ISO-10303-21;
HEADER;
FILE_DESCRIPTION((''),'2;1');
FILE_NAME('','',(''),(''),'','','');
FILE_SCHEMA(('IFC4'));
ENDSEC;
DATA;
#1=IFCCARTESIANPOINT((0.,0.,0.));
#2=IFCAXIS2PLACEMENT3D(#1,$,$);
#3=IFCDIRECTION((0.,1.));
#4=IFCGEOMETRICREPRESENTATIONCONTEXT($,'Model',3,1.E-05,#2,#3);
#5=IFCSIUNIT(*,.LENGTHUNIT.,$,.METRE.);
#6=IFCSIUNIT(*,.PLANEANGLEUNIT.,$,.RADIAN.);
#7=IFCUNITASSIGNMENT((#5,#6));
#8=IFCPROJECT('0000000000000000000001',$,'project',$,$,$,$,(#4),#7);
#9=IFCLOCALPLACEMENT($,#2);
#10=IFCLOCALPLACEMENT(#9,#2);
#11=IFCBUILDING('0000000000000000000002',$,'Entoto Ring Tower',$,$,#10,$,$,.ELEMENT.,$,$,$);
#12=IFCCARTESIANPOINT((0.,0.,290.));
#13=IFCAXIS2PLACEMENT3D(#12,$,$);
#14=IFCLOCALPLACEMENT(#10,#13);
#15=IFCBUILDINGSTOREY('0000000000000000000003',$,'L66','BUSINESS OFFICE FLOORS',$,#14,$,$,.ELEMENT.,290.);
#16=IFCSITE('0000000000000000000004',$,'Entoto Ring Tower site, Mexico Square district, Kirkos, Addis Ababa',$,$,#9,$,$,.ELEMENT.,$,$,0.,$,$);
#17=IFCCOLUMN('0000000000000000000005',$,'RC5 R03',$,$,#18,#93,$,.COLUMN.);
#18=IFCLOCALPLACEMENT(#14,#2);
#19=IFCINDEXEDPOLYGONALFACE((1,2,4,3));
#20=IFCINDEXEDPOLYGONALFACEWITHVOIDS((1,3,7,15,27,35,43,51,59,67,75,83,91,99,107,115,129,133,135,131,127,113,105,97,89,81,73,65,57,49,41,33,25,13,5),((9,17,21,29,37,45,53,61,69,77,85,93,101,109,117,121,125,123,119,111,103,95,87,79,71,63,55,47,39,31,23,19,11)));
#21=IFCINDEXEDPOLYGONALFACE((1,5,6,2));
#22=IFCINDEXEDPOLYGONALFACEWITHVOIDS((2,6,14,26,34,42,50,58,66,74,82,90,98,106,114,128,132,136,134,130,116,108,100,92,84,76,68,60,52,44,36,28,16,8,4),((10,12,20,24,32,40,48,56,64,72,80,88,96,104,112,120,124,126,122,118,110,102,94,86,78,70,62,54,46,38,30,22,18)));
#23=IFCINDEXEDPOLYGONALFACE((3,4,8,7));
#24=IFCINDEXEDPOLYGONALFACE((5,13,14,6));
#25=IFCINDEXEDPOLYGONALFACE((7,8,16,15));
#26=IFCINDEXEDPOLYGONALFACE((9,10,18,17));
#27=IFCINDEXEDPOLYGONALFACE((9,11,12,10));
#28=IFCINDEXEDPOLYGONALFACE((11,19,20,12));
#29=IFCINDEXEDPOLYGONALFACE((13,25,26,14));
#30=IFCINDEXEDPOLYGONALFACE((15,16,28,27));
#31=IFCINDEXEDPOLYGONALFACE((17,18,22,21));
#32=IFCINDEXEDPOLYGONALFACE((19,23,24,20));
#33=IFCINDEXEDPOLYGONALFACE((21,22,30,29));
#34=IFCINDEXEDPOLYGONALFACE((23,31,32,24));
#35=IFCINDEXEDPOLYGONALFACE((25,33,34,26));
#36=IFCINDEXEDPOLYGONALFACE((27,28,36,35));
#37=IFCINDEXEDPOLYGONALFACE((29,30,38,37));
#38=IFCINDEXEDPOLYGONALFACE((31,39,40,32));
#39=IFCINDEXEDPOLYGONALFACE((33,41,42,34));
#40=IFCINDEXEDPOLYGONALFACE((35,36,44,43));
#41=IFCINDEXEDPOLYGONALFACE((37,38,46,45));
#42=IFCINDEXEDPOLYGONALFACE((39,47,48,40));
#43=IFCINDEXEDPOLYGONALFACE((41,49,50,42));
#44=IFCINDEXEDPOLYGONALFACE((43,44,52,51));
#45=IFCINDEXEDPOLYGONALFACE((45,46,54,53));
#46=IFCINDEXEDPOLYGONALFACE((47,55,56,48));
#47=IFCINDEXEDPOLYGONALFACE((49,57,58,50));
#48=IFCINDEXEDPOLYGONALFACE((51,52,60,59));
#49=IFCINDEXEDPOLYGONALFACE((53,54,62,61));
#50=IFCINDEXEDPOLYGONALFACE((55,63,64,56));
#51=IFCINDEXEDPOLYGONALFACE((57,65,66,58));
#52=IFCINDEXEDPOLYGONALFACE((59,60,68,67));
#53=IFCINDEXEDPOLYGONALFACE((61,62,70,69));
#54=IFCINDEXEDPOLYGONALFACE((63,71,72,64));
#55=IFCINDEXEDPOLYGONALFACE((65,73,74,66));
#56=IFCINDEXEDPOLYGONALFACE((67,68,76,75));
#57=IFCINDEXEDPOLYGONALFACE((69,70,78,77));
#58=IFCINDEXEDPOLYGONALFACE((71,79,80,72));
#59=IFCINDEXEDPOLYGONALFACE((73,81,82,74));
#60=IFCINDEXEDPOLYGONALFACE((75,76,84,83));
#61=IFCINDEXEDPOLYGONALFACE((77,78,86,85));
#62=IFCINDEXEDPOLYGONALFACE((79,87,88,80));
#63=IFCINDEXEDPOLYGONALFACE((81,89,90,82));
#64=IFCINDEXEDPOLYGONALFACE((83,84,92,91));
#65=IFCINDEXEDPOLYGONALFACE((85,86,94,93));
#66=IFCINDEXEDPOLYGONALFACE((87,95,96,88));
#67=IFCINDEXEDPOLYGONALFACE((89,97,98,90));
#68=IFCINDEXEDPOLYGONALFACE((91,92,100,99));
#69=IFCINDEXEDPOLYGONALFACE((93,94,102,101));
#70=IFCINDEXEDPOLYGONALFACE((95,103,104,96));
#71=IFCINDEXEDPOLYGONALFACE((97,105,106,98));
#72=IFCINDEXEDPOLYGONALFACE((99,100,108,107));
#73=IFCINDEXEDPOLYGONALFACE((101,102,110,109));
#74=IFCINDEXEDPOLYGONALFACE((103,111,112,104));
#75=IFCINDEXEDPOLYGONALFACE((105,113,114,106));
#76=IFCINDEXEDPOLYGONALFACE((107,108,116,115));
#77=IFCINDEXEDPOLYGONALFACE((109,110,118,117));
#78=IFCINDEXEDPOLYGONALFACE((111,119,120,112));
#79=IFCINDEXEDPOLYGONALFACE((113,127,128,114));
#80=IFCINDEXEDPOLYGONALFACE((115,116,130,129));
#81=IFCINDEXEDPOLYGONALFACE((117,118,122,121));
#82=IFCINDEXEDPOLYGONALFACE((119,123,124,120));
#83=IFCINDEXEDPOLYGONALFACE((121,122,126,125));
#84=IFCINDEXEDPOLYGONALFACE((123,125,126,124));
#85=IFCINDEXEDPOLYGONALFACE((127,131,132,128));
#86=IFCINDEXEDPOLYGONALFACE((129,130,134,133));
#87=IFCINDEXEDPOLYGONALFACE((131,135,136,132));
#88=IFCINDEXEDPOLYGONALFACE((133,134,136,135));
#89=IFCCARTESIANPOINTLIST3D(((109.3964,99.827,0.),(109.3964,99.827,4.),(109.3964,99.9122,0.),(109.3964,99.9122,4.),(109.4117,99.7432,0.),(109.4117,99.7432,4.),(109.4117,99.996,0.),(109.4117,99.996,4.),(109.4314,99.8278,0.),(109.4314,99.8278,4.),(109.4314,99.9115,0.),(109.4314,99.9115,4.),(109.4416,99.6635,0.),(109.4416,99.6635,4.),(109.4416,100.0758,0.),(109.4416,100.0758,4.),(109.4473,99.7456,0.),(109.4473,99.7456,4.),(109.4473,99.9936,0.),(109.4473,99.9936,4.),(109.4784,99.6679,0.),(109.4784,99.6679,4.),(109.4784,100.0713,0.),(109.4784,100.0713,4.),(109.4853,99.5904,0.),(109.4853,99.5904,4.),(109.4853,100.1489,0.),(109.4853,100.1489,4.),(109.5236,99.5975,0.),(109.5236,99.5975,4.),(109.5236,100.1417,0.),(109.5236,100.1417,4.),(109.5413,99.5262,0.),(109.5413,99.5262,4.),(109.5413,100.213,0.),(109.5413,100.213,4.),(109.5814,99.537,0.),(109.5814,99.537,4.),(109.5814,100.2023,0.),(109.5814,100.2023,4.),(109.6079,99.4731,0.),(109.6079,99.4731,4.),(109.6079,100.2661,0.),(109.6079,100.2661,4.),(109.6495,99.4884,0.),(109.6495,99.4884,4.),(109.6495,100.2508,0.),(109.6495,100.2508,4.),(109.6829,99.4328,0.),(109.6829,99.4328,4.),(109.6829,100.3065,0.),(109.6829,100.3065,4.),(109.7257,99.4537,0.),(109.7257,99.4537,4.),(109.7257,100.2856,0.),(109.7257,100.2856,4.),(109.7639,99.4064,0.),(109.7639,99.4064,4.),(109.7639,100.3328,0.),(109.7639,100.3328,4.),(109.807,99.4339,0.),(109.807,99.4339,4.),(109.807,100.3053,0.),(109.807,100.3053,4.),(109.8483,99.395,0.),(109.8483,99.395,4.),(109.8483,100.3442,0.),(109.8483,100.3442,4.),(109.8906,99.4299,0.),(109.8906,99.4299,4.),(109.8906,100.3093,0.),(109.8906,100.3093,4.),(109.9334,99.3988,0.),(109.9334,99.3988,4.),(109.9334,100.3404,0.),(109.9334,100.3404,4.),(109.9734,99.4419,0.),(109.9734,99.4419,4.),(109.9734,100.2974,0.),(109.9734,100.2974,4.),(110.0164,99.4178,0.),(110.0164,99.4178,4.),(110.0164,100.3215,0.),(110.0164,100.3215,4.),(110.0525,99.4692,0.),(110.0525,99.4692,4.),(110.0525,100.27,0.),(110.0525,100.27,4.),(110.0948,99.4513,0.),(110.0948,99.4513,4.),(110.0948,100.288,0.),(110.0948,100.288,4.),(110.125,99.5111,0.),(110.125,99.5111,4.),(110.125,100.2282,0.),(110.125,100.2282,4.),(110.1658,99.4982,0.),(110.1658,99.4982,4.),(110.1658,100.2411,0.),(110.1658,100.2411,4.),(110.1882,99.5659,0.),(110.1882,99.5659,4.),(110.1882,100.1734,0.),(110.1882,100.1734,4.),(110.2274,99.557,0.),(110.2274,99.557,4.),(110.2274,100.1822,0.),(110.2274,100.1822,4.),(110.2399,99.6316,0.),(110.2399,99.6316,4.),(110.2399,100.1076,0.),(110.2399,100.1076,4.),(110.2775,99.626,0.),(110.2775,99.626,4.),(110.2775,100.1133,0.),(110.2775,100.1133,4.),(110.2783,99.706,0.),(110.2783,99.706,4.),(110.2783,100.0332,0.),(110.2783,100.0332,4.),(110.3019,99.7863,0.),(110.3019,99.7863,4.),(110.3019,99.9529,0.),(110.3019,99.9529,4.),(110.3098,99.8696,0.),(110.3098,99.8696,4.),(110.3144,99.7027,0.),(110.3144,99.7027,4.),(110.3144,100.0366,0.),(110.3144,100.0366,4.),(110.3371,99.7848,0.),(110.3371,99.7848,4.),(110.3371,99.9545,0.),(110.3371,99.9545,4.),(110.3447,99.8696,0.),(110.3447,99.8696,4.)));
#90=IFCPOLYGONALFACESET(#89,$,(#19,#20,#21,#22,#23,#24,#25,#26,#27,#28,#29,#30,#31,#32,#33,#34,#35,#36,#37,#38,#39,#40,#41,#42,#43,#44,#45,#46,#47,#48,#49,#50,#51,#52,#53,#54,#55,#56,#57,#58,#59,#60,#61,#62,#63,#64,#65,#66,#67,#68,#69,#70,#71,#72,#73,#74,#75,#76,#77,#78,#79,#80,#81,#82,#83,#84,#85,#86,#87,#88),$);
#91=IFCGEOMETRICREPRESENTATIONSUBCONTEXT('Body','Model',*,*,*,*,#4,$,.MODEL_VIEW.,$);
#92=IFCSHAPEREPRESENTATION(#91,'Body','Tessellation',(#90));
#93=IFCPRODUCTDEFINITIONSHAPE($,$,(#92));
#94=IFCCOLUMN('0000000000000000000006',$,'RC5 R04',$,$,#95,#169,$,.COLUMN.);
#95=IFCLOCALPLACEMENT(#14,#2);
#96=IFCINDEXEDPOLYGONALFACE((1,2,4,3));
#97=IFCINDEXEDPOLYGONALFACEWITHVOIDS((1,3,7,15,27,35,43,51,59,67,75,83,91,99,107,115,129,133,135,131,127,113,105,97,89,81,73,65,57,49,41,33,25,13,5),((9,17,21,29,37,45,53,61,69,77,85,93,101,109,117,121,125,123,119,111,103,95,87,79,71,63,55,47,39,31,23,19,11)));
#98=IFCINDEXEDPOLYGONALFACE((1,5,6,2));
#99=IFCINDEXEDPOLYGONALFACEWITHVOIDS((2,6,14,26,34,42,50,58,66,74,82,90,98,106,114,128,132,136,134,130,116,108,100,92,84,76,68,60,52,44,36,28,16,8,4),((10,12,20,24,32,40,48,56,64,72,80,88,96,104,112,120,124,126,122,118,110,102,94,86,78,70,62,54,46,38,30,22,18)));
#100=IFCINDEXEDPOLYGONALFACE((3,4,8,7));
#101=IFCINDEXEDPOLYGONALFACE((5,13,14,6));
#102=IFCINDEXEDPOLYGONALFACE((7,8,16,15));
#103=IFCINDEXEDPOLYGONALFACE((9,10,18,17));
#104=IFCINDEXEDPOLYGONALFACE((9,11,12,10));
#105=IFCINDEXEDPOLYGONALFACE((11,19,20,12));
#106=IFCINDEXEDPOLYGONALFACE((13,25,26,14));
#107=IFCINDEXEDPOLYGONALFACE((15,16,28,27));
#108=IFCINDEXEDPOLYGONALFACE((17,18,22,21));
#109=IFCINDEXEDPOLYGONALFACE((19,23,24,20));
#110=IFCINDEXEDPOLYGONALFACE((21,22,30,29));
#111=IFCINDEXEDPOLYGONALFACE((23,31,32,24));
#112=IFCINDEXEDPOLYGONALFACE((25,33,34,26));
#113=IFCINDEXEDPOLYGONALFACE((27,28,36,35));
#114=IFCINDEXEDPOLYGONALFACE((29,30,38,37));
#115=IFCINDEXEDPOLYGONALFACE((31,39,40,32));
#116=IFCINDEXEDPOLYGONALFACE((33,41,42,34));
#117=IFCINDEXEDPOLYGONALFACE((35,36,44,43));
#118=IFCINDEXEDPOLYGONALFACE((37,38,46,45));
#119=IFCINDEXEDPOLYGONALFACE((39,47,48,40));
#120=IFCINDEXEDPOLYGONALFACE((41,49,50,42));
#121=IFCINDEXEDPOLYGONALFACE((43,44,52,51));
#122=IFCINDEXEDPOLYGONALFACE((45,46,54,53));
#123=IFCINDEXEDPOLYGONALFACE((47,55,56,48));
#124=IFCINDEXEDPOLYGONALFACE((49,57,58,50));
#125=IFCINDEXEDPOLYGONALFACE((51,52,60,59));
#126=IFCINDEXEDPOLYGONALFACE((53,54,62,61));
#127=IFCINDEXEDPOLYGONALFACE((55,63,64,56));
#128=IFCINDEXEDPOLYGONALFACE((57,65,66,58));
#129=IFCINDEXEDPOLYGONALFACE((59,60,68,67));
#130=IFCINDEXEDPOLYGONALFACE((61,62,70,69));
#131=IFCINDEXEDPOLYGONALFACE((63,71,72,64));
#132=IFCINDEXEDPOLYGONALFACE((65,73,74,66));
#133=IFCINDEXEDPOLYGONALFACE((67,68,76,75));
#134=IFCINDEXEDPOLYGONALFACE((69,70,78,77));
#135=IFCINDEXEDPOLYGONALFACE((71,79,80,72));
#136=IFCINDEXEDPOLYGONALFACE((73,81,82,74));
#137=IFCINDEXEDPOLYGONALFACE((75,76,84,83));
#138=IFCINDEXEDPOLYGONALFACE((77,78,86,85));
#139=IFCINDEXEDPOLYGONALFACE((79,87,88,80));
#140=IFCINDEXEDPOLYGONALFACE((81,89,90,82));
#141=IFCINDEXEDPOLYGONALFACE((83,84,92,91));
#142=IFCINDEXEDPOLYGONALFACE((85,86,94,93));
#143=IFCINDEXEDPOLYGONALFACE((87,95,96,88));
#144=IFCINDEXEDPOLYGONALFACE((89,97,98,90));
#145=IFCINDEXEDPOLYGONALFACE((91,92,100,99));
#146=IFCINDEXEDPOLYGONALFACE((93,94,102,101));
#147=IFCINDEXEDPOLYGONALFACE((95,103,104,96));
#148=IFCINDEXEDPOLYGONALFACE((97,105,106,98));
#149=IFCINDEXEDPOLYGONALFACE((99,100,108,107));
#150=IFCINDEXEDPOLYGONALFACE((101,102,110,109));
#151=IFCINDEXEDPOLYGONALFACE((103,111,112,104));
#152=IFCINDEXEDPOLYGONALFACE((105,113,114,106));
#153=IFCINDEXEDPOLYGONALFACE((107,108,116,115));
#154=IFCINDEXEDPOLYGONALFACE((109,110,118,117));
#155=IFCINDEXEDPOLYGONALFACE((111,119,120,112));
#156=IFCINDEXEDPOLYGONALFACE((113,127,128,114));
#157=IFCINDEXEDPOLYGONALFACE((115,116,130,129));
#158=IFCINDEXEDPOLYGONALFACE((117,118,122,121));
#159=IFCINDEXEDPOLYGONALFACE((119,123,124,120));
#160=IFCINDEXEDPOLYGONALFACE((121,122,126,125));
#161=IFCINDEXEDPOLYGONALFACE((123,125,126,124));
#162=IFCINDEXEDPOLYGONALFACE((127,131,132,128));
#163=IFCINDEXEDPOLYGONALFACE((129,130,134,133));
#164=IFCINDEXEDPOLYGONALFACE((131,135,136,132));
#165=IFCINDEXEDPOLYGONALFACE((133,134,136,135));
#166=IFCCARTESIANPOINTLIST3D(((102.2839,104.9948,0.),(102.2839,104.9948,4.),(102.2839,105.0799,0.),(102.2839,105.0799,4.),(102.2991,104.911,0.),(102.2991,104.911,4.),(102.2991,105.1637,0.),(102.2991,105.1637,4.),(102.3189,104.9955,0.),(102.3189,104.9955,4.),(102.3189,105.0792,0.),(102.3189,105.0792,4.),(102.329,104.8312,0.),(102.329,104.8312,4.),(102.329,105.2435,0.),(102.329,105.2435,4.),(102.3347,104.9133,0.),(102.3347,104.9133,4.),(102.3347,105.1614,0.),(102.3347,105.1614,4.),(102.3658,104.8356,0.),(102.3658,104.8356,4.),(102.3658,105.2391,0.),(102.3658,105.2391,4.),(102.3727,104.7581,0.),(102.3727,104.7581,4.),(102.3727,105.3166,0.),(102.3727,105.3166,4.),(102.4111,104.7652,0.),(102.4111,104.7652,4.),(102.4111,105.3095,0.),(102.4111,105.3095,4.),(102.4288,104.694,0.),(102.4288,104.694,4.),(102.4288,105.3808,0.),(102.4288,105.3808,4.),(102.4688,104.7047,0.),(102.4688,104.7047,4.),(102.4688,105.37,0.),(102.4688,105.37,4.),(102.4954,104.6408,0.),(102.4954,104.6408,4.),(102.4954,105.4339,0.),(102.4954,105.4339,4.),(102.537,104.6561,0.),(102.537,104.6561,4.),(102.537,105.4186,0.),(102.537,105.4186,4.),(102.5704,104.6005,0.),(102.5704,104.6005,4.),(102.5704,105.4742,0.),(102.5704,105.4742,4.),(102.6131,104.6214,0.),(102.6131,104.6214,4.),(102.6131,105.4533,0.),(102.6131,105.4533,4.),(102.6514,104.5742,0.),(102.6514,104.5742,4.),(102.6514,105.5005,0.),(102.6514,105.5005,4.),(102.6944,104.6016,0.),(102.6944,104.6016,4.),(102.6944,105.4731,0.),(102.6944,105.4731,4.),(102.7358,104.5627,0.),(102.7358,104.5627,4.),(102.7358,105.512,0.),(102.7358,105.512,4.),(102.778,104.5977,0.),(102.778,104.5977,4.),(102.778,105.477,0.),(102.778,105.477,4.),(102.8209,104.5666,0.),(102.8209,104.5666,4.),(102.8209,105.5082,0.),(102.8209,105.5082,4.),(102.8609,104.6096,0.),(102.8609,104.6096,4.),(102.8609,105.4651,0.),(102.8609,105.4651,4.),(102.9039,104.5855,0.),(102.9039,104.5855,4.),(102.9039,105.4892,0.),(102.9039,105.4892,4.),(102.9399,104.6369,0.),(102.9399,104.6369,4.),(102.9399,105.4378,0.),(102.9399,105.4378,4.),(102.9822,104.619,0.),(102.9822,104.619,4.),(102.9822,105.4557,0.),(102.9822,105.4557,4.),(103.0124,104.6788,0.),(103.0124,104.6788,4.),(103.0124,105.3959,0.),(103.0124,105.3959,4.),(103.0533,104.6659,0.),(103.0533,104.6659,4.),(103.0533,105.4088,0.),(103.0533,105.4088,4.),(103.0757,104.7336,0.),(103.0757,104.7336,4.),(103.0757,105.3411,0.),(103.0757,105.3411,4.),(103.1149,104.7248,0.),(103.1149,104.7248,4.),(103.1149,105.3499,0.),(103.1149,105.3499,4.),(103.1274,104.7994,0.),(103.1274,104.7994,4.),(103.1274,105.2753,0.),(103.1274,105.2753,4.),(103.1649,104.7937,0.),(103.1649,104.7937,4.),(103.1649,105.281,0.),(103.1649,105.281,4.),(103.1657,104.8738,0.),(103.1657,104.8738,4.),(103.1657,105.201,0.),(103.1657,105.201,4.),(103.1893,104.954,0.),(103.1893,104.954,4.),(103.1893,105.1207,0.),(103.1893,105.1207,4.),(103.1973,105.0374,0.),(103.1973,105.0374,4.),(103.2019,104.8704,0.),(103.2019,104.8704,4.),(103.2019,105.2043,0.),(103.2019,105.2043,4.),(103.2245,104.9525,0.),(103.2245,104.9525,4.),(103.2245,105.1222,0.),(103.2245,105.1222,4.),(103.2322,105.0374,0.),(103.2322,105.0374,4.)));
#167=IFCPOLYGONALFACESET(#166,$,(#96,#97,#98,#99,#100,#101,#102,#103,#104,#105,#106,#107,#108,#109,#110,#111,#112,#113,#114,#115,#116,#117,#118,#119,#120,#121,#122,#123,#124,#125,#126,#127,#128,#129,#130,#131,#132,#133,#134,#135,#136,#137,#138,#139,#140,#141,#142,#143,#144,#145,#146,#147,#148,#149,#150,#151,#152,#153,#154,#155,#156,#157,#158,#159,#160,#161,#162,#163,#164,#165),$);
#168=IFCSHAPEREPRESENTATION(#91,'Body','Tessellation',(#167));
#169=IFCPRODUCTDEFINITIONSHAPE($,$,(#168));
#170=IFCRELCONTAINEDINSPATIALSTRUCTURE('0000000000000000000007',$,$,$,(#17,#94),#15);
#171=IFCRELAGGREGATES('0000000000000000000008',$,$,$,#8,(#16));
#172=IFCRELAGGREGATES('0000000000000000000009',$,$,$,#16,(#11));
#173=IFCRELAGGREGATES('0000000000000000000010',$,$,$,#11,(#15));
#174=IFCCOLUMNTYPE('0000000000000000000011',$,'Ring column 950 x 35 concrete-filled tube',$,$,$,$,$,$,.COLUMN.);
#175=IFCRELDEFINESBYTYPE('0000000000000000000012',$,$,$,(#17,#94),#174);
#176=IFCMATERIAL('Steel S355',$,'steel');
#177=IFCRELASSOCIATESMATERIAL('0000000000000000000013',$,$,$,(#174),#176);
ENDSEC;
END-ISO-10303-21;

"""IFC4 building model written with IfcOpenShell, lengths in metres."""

from ifc_helpers import new_model, si_unit, direction, frame, origin, origin_2d, place, context, subcontext, project, spatial, circle, hollow_circle, extrude, material, material_profile, profile_set, type_object, element, save


model = new_model("IFC4")

# Units and contexts
model_context = context("Model", 3, precision=1e-05, world=origin(), true_north=direction((0.0, 1.0)))
body_context = subcontext(model_context, "Body", "Model", "MODEL_VIEW")
ifc_project = project(units=[si_unit("LENGTHUNIT", "METRE"), si_unit("PLANEANGLEUNIT", "RADIAN")], contexts=[model_context])

# Site, building, storey
site_placement = place(None, origin())
site = spatial("IfcSite", under=ifc_project, at=site_placement, Name="Entoto Ring Tower site, Mexico Square district, Kirkos, Addis Ababa", CompositionType="ELEMENT", RefElevation=0.0)
building_placement = place(site_placement, origin())
building = spatial("IfcBuilding", under=site, at=building_placement, Name="Entoto Ring Tower", CompositionType="ELEMENT")
storey_placement = place(building_placement, frame((0.0, 0.0, 290.0)))
storey = spatial("IfcBuildingStorey", under=building, at=storey_placement, Name="L66", Description="BUSINESS OFFICE FLOORS", CompositionType="ELEMENT", Elevation=290.0)

# Columns
ifc_material_1 = material(Name="Steel S355", Category="steel")
ifc_material_profile_1 = material_profile(ifc_material_1, hollow_circle(Radius=0.4751, WallThickness=0.0349, at=origin_2d()), Name="CHS 950 x 35")
ifc_material_2 = material(Name="Concrete C60/75", Category="concrete")
ifc_material_profile_2 = material_profile(ifc_material_2, circle(Radius=0.4399, at=origin_2d()), Name="Concrete C60/75 infill")
ifc_profile_set_1 = profile_set([ifc_material_profile_1, ifc_material_profile_2], Name="Steel S355")
column_type = type_object("IfcColumnType", Name="Ring column 950 x 35 concrete-filled tube", PredefinedType="COLUMN", material=ifc_profile_set_1)
for number, where, z_axis, x_axis, name in (
    (1, (109.8696, 99.8696, 0.0), (0.0, 0.0, 1.0), (1.0, 0.0, 0.0), "RC5 R03"),
    (2, (102.7571, 105.0374, 0.0), (0.0, 0.0, 1.0), (1.0, 0.0, 0.0), "RC5 R04"),
):
    element("IfcColumn", number, at=place(storey_placement, frame(where, z_axis=z_axis, x_axis=x_axis)), inside=storey, type_object=column_type, Name=name, PredefinedType="COLUMN", context=body_context, shape_type="SweptSolid", body=[
        extrude(hollow_circle(Radius=0.4751, WallThickness=0.0349, at=origin_2d()), origin(), (0.0, 0.0, 1.0), 4.0),
    ])

save(model, "model.ifc")
